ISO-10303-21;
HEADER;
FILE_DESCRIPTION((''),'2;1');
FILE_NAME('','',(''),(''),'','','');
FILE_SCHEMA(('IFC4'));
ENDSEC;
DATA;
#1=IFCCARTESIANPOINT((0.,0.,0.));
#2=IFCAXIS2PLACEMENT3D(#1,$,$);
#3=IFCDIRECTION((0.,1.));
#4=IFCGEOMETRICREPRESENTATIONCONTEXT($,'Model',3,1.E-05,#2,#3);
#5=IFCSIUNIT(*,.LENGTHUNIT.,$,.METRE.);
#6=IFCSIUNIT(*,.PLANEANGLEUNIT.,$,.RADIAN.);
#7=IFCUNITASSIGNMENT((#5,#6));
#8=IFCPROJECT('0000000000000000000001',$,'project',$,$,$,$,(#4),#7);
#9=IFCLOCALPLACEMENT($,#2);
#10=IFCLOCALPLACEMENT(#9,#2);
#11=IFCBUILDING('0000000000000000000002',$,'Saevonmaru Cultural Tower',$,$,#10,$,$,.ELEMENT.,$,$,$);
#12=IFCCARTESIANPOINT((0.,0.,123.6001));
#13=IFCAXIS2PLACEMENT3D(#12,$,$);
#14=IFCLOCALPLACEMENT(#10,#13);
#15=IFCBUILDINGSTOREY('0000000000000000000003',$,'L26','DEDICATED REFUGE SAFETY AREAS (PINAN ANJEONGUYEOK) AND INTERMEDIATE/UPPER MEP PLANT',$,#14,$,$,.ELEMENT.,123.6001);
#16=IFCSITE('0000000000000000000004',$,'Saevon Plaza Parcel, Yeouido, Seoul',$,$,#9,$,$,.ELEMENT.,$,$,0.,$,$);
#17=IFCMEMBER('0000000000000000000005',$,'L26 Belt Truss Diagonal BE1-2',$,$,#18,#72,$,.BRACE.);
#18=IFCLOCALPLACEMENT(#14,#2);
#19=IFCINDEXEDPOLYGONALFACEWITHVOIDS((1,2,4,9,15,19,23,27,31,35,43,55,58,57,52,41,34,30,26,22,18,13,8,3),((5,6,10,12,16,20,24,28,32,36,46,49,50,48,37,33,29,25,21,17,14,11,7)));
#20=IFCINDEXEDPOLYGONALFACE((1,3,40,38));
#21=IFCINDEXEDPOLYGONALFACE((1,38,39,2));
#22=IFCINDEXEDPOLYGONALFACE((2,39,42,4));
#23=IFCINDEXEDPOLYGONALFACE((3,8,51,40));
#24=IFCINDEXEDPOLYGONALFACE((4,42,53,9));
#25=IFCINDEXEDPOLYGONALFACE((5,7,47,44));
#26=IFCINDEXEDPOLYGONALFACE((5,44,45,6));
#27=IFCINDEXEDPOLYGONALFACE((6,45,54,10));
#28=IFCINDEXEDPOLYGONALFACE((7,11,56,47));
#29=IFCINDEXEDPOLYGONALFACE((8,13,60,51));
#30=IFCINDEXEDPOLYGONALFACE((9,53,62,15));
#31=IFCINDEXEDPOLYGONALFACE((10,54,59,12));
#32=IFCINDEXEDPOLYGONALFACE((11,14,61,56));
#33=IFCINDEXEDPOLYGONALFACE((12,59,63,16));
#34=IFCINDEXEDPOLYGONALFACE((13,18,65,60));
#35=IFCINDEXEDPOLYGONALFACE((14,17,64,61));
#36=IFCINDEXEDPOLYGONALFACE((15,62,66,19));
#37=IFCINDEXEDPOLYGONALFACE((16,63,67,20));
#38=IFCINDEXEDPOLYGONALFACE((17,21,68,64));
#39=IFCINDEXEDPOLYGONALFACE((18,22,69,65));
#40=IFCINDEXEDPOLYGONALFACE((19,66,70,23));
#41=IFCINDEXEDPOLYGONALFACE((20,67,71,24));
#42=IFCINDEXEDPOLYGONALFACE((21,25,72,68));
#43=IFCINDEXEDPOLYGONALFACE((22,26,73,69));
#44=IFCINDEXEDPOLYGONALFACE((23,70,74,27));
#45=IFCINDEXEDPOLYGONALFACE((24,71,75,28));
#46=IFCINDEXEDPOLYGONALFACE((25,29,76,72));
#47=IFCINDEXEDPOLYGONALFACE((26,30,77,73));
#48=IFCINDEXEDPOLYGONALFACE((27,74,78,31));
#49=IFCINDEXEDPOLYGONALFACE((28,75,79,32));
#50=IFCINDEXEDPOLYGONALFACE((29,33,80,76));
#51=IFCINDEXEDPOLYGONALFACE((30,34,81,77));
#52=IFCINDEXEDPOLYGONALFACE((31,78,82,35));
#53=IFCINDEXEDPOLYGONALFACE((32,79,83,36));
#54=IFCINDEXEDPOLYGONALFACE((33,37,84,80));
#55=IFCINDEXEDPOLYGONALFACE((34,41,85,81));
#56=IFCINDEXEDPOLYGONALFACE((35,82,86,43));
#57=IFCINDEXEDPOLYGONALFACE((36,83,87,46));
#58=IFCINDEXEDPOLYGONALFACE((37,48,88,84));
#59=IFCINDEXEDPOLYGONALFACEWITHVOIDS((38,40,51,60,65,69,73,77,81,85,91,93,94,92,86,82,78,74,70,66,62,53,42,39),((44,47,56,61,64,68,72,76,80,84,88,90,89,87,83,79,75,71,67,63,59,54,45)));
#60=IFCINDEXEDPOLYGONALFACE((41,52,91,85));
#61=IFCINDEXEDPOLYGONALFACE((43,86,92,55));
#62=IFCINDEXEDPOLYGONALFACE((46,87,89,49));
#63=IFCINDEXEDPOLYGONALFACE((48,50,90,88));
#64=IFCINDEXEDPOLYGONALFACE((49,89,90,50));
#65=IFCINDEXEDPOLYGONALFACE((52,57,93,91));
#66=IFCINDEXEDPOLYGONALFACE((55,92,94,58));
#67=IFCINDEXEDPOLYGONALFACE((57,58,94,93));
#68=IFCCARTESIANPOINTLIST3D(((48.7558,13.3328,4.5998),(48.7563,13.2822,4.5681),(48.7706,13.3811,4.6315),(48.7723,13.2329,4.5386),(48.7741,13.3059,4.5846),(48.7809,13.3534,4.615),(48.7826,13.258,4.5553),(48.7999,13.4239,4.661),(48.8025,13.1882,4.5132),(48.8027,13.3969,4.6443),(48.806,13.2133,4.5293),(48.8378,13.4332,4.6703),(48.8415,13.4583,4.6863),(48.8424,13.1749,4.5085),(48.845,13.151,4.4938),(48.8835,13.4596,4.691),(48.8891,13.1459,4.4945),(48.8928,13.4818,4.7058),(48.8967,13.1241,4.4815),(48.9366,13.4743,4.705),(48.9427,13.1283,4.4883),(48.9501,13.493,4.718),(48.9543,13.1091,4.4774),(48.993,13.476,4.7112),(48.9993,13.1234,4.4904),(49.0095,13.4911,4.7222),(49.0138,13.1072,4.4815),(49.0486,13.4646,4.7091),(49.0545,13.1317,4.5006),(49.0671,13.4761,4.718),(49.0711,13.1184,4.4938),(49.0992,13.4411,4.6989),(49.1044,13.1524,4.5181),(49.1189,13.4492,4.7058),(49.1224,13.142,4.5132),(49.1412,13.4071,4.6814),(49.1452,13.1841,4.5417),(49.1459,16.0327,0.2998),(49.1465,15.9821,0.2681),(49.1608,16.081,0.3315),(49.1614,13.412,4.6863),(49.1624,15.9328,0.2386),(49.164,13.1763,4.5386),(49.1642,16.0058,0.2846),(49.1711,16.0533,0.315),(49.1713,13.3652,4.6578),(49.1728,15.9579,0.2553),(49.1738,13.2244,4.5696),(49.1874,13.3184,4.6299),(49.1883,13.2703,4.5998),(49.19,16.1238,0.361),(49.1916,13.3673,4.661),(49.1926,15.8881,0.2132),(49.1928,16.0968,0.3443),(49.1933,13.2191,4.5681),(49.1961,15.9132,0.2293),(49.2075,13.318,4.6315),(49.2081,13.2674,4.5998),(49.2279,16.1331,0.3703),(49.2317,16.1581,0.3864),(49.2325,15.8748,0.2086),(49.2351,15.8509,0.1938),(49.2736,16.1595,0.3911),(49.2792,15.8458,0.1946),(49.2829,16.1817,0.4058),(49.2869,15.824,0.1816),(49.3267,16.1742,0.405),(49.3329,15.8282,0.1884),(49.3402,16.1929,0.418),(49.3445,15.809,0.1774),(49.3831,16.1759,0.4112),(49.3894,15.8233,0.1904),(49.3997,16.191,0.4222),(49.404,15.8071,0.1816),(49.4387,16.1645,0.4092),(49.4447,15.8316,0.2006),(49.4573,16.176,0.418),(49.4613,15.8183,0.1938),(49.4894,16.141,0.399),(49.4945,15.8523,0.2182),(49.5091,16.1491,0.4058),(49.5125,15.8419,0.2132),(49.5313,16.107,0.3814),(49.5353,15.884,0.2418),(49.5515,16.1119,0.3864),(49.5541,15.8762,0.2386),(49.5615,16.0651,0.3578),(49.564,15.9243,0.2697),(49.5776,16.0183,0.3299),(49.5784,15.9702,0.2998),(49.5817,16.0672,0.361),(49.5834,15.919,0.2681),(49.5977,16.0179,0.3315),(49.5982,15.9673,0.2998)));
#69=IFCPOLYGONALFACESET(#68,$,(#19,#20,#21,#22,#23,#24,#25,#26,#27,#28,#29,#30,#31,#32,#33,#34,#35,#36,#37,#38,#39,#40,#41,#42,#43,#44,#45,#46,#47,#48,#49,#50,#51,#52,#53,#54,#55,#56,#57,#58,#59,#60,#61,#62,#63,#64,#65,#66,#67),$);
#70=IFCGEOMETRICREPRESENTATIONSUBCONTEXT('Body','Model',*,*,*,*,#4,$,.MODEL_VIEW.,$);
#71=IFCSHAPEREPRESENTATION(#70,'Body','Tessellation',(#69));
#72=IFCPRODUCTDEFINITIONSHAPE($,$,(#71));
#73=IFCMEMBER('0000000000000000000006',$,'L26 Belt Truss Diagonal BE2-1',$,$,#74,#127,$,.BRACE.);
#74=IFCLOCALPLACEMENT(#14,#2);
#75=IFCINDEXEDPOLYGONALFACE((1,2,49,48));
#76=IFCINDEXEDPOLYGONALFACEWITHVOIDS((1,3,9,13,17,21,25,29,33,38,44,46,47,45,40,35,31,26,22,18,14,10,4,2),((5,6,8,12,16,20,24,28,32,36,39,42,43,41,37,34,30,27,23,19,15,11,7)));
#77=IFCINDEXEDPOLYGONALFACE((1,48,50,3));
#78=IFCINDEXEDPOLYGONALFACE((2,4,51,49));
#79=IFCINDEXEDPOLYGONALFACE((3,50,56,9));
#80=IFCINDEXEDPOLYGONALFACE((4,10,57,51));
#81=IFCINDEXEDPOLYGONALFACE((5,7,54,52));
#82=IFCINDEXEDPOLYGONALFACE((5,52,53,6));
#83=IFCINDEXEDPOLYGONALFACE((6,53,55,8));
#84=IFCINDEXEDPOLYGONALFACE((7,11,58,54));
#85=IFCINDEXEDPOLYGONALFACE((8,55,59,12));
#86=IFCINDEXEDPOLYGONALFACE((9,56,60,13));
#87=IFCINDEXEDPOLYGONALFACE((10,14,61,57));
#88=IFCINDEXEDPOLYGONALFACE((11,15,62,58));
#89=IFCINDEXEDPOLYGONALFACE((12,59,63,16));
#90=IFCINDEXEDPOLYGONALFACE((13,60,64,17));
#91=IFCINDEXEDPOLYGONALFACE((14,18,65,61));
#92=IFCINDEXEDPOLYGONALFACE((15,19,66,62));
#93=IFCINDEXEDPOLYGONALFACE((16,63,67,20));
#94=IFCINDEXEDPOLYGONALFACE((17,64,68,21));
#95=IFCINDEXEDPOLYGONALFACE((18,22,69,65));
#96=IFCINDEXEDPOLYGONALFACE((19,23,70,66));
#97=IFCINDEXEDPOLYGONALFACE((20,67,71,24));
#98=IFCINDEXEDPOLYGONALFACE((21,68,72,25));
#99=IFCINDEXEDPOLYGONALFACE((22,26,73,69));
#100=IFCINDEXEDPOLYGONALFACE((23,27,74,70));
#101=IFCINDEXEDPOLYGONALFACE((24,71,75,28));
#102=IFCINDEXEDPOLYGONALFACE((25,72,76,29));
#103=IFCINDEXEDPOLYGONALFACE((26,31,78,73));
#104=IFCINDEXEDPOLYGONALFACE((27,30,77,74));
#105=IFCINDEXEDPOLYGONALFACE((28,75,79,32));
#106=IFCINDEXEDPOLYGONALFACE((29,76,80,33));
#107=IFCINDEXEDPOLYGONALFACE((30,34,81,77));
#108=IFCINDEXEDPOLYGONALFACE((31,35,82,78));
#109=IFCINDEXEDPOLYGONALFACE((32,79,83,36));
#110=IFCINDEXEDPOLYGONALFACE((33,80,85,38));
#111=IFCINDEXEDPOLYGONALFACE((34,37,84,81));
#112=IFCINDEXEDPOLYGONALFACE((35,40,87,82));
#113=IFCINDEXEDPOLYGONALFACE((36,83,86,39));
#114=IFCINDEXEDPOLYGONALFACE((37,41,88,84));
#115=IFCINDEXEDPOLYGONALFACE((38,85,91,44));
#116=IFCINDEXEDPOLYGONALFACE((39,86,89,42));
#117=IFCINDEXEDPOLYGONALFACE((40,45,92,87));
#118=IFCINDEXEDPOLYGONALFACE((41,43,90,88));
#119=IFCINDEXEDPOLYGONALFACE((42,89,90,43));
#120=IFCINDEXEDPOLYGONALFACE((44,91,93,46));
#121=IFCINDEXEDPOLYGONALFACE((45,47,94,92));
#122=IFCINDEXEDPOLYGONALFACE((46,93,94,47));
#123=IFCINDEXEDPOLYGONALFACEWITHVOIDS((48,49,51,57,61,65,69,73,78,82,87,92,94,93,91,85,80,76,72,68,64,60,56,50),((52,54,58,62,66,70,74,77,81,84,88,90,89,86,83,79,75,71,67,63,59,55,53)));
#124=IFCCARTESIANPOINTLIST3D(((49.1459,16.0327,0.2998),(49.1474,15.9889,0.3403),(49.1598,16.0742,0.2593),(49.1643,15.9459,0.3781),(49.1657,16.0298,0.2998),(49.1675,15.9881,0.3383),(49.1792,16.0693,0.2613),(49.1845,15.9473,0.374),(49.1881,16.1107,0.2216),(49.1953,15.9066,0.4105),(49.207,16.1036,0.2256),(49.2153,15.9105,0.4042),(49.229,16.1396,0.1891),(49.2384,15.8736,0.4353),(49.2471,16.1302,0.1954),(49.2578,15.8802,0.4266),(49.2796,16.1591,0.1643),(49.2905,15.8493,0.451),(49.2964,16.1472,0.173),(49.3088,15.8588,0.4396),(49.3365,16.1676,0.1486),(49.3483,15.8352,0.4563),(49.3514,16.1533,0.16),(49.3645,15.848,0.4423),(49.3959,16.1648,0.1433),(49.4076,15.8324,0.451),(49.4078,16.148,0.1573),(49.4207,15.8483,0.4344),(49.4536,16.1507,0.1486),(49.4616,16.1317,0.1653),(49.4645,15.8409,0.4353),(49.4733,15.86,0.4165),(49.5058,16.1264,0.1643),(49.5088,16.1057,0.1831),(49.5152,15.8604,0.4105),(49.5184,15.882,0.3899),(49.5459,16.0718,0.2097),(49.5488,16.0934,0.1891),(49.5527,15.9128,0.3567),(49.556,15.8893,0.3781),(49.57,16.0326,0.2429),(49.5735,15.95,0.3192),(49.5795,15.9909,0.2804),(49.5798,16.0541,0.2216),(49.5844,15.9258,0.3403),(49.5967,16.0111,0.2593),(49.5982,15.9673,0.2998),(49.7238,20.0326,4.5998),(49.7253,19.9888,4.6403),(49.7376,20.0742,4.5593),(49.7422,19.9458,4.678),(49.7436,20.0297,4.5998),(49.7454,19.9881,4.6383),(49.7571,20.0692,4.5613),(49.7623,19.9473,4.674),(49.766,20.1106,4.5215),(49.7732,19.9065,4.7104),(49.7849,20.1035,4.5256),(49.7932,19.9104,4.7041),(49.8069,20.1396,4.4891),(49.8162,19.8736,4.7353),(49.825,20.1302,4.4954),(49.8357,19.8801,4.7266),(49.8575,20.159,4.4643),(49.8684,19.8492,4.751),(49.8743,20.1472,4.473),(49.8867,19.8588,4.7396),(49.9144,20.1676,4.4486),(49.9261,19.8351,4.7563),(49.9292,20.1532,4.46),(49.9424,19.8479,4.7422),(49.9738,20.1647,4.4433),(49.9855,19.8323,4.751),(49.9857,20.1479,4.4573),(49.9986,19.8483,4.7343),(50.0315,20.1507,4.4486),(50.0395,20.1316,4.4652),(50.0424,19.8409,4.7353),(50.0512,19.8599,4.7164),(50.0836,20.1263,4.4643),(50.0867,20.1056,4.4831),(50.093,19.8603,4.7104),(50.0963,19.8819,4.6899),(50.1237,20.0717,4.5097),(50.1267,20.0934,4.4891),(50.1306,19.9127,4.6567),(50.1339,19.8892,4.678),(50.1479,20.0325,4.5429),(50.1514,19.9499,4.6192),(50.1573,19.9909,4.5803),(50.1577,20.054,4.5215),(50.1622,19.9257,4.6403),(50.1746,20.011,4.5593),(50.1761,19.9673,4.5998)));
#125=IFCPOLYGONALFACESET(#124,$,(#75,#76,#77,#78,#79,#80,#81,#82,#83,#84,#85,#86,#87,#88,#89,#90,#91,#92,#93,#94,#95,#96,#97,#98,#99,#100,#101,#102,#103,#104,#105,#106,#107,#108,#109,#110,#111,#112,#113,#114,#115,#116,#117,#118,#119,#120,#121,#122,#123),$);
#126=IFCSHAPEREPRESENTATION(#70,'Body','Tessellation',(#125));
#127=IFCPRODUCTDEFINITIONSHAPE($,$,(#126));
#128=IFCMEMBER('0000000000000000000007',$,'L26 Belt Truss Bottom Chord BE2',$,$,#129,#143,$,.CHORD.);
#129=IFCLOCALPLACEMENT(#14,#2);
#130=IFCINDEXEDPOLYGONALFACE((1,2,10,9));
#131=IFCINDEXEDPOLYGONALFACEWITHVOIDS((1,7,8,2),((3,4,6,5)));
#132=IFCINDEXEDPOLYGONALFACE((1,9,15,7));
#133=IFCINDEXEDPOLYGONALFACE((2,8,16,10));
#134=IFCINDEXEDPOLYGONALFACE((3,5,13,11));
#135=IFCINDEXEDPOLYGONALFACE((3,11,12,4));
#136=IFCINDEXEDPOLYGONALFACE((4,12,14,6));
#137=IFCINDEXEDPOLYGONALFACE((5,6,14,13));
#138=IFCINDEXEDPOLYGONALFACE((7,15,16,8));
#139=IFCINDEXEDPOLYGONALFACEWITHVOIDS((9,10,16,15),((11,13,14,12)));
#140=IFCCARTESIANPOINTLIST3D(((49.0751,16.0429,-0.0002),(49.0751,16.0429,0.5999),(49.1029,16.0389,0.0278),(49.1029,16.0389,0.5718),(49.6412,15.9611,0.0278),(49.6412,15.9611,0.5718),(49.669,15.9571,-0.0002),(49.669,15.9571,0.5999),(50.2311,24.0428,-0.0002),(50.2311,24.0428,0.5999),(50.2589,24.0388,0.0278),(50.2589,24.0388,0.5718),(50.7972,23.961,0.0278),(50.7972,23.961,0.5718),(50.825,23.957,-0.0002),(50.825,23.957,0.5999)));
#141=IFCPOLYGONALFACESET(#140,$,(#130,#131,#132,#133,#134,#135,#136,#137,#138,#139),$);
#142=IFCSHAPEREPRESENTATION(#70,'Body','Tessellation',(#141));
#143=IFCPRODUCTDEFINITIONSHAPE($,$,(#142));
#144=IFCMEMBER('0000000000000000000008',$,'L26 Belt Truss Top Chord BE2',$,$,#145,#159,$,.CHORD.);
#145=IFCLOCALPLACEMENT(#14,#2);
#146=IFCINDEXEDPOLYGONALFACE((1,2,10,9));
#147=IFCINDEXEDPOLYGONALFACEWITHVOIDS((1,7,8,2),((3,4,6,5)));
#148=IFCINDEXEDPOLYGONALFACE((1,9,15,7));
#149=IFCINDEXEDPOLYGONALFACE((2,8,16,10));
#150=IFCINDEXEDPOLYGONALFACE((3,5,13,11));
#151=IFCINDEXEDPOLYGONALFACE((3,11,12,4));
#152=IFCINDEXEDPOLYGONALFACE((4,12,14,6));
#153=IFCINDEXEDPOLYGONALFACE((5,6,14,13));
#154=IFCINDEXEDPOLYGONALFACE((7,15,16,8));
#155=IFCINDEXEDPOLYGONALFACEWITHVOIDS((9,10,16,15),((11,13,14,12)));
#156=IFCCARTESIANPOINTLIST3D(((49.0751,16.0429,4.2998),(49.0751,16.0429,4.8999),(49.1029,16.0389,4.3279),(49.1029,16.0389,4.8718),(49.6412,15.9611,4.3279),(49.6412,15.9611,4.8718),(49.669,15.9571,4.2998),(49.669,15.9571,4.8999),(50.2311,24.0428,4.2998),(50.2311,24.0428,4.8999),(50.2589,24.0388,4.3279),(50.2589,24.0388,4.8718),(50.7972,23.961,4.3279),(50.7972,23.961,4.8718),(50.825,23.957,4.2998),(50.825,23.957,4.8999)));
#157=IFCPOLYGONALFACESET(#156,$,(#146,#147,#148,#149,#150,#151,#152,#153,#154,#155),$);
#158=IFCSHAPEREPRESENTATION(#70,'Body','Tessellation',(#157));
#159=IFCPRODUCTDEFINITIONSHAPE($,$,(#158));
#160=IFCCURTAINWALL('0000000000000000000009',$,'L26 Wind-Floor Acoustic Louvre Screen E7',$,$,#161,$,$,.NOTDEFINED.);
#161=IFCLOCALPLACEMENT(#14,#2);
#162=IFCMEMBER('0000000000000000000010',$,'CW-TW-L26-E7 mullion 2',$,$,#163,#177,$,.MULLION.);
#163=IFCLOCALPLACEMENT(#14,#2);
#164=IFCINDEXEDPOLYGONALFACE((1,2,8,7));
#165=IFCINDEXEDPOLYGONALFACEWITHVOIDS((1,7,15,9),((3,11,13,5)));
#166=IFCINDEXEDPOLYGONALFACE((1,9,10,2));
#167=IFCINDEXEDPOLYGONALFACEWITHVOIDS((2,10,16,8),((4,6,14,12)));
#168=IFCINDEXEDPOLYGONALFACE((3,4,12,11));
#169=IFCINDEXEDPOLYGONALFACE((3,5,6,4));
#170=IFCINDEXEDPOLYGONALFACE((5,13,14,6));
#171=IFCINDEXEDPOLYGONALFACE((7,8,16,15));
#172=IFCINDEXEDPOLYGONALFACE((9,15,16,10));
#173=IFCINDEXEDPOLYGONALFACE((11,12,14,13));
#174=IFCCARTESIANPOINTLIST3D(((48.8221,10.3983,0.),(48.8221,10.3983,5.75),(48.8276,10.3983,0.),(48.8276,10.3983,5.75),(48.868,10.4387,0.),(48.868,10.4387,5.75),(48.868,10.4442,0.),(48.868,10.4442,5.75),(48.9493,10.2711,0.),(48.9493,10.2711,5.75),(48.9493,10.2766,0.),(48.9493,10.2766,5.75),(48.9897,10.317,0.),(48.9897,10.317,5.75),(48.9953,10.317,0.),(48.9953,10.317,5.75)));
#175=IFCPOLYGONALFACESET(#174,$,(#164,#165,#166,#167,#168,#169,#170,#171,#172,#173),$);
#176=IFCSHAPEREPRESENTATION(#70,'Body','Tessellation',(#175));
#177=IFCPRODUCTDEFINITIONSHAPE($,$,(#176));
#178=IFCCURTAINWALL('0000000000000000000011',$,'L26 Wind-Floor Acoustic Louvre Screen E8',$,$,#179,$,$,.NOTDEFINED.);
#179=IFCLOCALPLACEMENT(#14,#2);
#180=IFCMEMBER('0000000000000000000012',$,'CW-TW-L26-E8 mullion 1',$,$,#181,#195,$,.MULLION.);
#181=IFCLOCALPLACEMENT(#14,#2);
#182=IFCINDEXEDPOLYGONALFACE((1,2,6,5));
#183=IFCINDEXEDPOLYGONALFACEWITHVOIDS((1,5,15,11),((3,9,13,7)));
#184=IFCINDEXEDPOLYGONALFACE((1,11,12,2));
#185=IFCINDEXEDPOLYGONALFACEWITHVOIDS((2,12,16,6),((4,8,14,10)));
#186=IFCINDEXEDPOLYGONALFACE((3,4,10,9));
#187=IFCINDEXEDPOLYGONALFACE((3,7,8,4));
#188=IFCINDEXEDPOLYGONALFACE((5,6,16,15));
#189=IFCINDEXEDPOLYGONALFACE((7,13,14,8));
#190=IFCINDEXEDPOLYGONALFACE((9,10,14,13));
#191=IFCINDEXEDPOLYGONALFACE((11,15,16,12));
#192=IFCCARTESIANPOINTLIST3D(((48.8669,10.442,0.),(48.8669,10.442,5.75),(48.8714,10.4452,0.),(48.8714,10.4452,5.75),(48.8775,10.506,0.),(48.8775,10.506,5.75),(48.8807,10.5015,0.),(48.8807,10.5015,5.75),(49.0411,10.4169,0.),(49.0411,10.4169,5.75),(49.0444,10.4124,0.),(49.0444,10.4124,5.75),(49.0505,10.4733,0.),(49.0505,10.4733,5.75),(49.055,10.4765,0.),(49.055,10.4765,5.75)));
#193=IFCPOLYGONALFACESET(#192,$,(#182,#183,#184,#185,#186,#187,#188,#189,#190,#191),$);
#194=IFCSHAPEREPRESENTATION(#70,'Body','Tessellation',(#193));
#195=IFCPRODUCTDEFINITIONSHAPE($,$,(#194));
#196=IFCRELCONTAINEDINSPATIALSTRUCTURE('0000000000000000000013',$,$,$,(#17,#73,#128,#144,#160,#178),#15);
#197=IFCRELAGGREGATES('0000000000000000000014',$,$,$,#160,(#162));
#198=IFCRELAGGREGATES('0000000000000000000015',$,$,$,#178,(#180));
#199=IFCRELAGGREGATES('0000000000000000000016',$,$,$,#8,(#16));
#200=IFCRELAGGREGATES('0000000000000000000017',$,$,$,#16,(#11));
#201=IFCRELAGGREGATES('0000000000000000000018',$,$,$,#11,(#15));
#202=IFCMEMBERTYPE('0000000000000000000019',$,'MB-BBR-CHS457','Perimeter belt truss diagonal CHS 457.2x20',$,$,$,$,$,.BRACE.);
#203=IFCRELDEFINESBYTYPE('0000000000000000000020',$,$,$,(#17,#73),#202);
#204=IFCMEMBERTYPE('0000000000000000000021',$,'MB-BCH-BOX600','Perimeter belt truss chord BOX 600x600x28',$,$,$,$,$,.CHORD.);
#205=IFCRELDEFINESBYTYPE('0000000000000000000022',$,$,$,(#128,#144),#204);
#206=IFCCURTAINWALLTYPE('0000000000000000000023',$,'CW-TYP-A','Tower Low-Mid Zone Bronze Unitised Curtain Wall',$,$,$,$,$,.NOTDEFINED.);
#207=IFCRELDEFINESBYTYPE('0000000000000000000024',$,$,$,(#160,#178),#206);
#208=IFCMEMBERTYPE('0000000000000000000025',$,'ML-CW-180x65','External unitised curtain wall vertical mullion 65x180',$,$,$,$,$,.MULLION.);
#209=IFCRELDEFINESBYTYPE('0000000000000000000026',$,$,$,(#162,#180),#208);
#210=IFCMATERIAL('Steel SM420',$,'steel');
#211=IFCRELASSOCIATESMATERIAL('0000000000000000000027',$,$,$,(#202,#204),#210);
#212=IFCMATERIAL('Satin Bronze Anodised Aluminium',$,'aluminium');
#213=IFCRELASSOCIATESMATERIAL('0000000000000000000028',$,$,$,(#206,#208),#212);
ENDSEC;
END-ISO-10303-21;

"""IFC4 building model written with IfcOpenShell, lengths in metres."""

from ifc_helpers import new_model, si_unit, direction, frame, origin, origin_2d, place, context, subcontext, project, spatial, hollow_rectangle, hollow_circle, extrude, material, material_profile, profile_set, type_object, element, aggregate, save


model = new_model("IFC4")

# Units and contexts
model_context = context("Model", 3, precision=1e-05, world=origin(), true_north=direction((0.0, 1.0)))
body_context = subcontext(model_context, "Body", "Model", "MODEL_VIEW")
ifc_project = project(units=[si_unit("LENGTHUNIT", "METRE"), si_unit("PLANEANGLEUNIT", "RADIAN")], contexts=[model_context])

# Site, building, storey
site_placement = place(None, origin())
site = spatial("IfcSite", under=ifc_project, at=site_placement, Name="Saevon Plaza Parcel, Yeouido, Seoul", CompositionType="ELEMENT", RefElevation=0.0)
building_placement = place(site_placement, origin())
building = spatial("IfcBuilding", under=site, at=building_placement, Name="Saevonmaru Cultural Tower", CompositionType="ELEMENT")
storey_placement = place(building_placement, frame((0.0, 0.0, 123.6001)))
storey = spatial("IfcBuildingStorey", under=building, at=storey_placement, Name="L26", Description="DEDICATED REFUGE SAFETY AREAS (PINAN ANJEONGUYEOK) AND INTERMEDIATE/UPPER MEP PLANT", CompositionType="ELEMENT", Elevation=123.6001)

# Shared definitions
ifc_material_1 = material(Name="Steel SM420", Category="steel")

# Members
ifc_material_profile_1 = material_profile(ifc_material_1, hollow_circle(Radius=0.2285, WallThickness=0.02, at=origin_2d()), Name="CHS-457.2x20")
ifc_profile_set_1 = profile_set([ifc_material_profile_1], Name="Steel SM420")
member_type_1 = type_object("IfcMemberType", Name="MB-BBR-CHS457", Description="Perimeter belt truss diagonal CHS 457.2x20", PredefinedType="BRACE", material=ifc_profile_set_1)
for number, where, z_axis, x_axis, name in (
    (1, (49.3721, 16.0, 0.2998), (-0.076612, -0.530194, 0.844408), (0.989721, -0.143012, 0.0), "L26 Belt Truss Diagonal BE1-2"),
):
    element("IfcMember", number, at=place(storey_placement, frame(where, z_axis=z_axis, x_axis=x_axis)), inside=storey, type_object=member_type_1, Name=name, PredefinedType="BRACE", context=body_context, shape_type="SweptSolid", body=[
        extrude(hollow_circle(Radius=0.2285, WallThickness=0.02, at=origin_2d()), origin(), (0.0, 0.0, 1.0), 5.0923),
    ])
member_1_placement = place(storey_placement, frame((49.3721, 16.0, 0.2998), z_axis=(0.097926, 0.677826, 0.728671), x_axis=(-0.989725, 0.142986, 0.0)))
element("IfcMember", 2, at=member_1_placement, inside=storey, type_object=member_type_1, Name="L26 Belt Truss Diagonal BE2-1", PredefinedType="BRACE", context=body_context, shape_type="SweptSolid", body=[
    extrude(hollow_circle(Radius=0.2285, WallThickness=0.02, at=origin_2d()), origin(), (0.0, 0.0, 1.0), 5.9011),
])
ifc_material_profile_2 = material_profile(ifc_material_1, hollow_rectangle(XDim=0.6001, YDim=0.6001, WallThickness=0.0281, at=origin_2d()), Name="BOX-600x600x28")
ifc_profile_set_2 = profile_set([ifc_material_profile_2], Name="Steel SM420")
member_type_2 = type_object("IfcMemberType", Name="MB-BCH-BOX600", Description="Perimeter belt truss chord BOX 600x600x28", PredefinedType="CHORD", material=ifc_profile_set_2)
for number, where, z_axis, x_axis, name in (
    (3, (49.3721, 16.0, 0.2998), (0.143015, 0.98972, 0.0), (-0.98972, 0.143015, 0.0), "L26 Belt Truss Bottom Chord BE2"),
    (4, (49.3721, 16.0, 4.5999), (0.143015, 0.98972, 0.0), (-0.98972, 0.143015, 0.0), "L26 Belt Truss Top Chord BE2"),
):
    element("IfcMember", number, at=place(storey_placement, frame(where, z_axis=z_axis, x_axis=x_axis)), inside=storey, type_object=member_type_2, Name=name, PredefinedType="CHORD", context=body_context, shape_type="SweptSolid", body=[
        extrude(hollow_rectangle(XDim=0.6001, YDim=0.6001, WallThickness=0.0281, at=origin_2d()), origin(), (0.0, 0.0, 1.0), 8.083),
    ])

# Curtain wall, member
ifc_material_2 = material(Name="Satin Bronze Anodised Aluminium", Category="aluminium")
curtain_wall_type = type_object("IfcCurtainWallType", Name="CW-TYP-A", Description="Tower Low-Mid Zone Bronze Unitised Curtain Wall", PredefinedType="NOTDEFINED", material=ifc_material_2)
curtain_wall_1_placement = place(storey_placement, origin())
curtain_wall_1 = element("IfcCurtainWall", 5, at=curtain_wall_1_placement, inside=storey, type_object=curtain_wall_type, Name="L26 Wind-Floor Acoustic Louvre Screen E7", PredefinedType="NOTDEFINED")
ifc_material_profile_3 = material_profile(ifc_material_2, hollow_rectangle(XDim=0.0649, YDim=0.1799, WallThickness=0.0039, at=origin_2d()), Name="ALU-MULL-180x65x4")
ifc_profile_set_3 = profile_set([ifc_material_profile_3], Name="Satin Bronze Anodised Aluminium")
member_type_3 = type_object("IfcMemberType", Name="ML-CW-180x65", Description="External unitised curtain wall vertical mullion 65x180", PredefinedType="MULLION", material=ifc_profile_set_3)
member_2_placement = place(storey_placement, frame((48.9087, 10.3577, 0.0), z_axis=(0.0, 0.0, 1.0), x_axis=(0.707107, 0.707107, 0.0)))
member_2 = element("IfcMember", 6, at=member_2_placement, type_object=member_type_3, Name="CW-TW-L26-E7 mullion 2", PredefinedType="MULLION", context=body_context, shape_type="SweptSolid", body=[
    extrude(hollow_rectangle(XDim=0.0649, YDim=0.1799, WallThickness=0.0039, at=origin_2d()), origin(), (0.0, 0.0, 1.0), 5.75),
])
aggregate(curtain_wall_1, [member_2])

# Curtain wall, member
curtain_wall_2_placement = place(storey_placement, origin())
curtain_wall_2 = element("IfcCurtainWall", 7, at=curtain_wall_2_placement, inside=storey, type_object=curtain_wall_type, Name="L26 Wind-Floor Acoustic Louvre Screen E8", PredefinedType="NOTDEFINED")
member_3_placement = place(storey_placement, frame((48.9609, 10.4592, 0.0), z_axis=(0.0, 0.0, 1.0), x_axis=(0.163999, 0.986461, 0.0)))
member_3 = element("IfcMember", 8, at=member_3_placement, type_object=member_type_3, Name="CW-TW-L26-E8 mullion 1", PredefinedType="MULLION", context=body_context, shape_type="SweptSolid", body=[
    extrude(hollow_rectangle(XDim=0.0649, YDim=0.1799, WallThickness=0.0039, at=origin_2d()), origin(), (0.0, 0.0, 1.0), 5.75),
])

aggregate(curtain_wall_2, [member_3])

save(model, "model.ifc")
